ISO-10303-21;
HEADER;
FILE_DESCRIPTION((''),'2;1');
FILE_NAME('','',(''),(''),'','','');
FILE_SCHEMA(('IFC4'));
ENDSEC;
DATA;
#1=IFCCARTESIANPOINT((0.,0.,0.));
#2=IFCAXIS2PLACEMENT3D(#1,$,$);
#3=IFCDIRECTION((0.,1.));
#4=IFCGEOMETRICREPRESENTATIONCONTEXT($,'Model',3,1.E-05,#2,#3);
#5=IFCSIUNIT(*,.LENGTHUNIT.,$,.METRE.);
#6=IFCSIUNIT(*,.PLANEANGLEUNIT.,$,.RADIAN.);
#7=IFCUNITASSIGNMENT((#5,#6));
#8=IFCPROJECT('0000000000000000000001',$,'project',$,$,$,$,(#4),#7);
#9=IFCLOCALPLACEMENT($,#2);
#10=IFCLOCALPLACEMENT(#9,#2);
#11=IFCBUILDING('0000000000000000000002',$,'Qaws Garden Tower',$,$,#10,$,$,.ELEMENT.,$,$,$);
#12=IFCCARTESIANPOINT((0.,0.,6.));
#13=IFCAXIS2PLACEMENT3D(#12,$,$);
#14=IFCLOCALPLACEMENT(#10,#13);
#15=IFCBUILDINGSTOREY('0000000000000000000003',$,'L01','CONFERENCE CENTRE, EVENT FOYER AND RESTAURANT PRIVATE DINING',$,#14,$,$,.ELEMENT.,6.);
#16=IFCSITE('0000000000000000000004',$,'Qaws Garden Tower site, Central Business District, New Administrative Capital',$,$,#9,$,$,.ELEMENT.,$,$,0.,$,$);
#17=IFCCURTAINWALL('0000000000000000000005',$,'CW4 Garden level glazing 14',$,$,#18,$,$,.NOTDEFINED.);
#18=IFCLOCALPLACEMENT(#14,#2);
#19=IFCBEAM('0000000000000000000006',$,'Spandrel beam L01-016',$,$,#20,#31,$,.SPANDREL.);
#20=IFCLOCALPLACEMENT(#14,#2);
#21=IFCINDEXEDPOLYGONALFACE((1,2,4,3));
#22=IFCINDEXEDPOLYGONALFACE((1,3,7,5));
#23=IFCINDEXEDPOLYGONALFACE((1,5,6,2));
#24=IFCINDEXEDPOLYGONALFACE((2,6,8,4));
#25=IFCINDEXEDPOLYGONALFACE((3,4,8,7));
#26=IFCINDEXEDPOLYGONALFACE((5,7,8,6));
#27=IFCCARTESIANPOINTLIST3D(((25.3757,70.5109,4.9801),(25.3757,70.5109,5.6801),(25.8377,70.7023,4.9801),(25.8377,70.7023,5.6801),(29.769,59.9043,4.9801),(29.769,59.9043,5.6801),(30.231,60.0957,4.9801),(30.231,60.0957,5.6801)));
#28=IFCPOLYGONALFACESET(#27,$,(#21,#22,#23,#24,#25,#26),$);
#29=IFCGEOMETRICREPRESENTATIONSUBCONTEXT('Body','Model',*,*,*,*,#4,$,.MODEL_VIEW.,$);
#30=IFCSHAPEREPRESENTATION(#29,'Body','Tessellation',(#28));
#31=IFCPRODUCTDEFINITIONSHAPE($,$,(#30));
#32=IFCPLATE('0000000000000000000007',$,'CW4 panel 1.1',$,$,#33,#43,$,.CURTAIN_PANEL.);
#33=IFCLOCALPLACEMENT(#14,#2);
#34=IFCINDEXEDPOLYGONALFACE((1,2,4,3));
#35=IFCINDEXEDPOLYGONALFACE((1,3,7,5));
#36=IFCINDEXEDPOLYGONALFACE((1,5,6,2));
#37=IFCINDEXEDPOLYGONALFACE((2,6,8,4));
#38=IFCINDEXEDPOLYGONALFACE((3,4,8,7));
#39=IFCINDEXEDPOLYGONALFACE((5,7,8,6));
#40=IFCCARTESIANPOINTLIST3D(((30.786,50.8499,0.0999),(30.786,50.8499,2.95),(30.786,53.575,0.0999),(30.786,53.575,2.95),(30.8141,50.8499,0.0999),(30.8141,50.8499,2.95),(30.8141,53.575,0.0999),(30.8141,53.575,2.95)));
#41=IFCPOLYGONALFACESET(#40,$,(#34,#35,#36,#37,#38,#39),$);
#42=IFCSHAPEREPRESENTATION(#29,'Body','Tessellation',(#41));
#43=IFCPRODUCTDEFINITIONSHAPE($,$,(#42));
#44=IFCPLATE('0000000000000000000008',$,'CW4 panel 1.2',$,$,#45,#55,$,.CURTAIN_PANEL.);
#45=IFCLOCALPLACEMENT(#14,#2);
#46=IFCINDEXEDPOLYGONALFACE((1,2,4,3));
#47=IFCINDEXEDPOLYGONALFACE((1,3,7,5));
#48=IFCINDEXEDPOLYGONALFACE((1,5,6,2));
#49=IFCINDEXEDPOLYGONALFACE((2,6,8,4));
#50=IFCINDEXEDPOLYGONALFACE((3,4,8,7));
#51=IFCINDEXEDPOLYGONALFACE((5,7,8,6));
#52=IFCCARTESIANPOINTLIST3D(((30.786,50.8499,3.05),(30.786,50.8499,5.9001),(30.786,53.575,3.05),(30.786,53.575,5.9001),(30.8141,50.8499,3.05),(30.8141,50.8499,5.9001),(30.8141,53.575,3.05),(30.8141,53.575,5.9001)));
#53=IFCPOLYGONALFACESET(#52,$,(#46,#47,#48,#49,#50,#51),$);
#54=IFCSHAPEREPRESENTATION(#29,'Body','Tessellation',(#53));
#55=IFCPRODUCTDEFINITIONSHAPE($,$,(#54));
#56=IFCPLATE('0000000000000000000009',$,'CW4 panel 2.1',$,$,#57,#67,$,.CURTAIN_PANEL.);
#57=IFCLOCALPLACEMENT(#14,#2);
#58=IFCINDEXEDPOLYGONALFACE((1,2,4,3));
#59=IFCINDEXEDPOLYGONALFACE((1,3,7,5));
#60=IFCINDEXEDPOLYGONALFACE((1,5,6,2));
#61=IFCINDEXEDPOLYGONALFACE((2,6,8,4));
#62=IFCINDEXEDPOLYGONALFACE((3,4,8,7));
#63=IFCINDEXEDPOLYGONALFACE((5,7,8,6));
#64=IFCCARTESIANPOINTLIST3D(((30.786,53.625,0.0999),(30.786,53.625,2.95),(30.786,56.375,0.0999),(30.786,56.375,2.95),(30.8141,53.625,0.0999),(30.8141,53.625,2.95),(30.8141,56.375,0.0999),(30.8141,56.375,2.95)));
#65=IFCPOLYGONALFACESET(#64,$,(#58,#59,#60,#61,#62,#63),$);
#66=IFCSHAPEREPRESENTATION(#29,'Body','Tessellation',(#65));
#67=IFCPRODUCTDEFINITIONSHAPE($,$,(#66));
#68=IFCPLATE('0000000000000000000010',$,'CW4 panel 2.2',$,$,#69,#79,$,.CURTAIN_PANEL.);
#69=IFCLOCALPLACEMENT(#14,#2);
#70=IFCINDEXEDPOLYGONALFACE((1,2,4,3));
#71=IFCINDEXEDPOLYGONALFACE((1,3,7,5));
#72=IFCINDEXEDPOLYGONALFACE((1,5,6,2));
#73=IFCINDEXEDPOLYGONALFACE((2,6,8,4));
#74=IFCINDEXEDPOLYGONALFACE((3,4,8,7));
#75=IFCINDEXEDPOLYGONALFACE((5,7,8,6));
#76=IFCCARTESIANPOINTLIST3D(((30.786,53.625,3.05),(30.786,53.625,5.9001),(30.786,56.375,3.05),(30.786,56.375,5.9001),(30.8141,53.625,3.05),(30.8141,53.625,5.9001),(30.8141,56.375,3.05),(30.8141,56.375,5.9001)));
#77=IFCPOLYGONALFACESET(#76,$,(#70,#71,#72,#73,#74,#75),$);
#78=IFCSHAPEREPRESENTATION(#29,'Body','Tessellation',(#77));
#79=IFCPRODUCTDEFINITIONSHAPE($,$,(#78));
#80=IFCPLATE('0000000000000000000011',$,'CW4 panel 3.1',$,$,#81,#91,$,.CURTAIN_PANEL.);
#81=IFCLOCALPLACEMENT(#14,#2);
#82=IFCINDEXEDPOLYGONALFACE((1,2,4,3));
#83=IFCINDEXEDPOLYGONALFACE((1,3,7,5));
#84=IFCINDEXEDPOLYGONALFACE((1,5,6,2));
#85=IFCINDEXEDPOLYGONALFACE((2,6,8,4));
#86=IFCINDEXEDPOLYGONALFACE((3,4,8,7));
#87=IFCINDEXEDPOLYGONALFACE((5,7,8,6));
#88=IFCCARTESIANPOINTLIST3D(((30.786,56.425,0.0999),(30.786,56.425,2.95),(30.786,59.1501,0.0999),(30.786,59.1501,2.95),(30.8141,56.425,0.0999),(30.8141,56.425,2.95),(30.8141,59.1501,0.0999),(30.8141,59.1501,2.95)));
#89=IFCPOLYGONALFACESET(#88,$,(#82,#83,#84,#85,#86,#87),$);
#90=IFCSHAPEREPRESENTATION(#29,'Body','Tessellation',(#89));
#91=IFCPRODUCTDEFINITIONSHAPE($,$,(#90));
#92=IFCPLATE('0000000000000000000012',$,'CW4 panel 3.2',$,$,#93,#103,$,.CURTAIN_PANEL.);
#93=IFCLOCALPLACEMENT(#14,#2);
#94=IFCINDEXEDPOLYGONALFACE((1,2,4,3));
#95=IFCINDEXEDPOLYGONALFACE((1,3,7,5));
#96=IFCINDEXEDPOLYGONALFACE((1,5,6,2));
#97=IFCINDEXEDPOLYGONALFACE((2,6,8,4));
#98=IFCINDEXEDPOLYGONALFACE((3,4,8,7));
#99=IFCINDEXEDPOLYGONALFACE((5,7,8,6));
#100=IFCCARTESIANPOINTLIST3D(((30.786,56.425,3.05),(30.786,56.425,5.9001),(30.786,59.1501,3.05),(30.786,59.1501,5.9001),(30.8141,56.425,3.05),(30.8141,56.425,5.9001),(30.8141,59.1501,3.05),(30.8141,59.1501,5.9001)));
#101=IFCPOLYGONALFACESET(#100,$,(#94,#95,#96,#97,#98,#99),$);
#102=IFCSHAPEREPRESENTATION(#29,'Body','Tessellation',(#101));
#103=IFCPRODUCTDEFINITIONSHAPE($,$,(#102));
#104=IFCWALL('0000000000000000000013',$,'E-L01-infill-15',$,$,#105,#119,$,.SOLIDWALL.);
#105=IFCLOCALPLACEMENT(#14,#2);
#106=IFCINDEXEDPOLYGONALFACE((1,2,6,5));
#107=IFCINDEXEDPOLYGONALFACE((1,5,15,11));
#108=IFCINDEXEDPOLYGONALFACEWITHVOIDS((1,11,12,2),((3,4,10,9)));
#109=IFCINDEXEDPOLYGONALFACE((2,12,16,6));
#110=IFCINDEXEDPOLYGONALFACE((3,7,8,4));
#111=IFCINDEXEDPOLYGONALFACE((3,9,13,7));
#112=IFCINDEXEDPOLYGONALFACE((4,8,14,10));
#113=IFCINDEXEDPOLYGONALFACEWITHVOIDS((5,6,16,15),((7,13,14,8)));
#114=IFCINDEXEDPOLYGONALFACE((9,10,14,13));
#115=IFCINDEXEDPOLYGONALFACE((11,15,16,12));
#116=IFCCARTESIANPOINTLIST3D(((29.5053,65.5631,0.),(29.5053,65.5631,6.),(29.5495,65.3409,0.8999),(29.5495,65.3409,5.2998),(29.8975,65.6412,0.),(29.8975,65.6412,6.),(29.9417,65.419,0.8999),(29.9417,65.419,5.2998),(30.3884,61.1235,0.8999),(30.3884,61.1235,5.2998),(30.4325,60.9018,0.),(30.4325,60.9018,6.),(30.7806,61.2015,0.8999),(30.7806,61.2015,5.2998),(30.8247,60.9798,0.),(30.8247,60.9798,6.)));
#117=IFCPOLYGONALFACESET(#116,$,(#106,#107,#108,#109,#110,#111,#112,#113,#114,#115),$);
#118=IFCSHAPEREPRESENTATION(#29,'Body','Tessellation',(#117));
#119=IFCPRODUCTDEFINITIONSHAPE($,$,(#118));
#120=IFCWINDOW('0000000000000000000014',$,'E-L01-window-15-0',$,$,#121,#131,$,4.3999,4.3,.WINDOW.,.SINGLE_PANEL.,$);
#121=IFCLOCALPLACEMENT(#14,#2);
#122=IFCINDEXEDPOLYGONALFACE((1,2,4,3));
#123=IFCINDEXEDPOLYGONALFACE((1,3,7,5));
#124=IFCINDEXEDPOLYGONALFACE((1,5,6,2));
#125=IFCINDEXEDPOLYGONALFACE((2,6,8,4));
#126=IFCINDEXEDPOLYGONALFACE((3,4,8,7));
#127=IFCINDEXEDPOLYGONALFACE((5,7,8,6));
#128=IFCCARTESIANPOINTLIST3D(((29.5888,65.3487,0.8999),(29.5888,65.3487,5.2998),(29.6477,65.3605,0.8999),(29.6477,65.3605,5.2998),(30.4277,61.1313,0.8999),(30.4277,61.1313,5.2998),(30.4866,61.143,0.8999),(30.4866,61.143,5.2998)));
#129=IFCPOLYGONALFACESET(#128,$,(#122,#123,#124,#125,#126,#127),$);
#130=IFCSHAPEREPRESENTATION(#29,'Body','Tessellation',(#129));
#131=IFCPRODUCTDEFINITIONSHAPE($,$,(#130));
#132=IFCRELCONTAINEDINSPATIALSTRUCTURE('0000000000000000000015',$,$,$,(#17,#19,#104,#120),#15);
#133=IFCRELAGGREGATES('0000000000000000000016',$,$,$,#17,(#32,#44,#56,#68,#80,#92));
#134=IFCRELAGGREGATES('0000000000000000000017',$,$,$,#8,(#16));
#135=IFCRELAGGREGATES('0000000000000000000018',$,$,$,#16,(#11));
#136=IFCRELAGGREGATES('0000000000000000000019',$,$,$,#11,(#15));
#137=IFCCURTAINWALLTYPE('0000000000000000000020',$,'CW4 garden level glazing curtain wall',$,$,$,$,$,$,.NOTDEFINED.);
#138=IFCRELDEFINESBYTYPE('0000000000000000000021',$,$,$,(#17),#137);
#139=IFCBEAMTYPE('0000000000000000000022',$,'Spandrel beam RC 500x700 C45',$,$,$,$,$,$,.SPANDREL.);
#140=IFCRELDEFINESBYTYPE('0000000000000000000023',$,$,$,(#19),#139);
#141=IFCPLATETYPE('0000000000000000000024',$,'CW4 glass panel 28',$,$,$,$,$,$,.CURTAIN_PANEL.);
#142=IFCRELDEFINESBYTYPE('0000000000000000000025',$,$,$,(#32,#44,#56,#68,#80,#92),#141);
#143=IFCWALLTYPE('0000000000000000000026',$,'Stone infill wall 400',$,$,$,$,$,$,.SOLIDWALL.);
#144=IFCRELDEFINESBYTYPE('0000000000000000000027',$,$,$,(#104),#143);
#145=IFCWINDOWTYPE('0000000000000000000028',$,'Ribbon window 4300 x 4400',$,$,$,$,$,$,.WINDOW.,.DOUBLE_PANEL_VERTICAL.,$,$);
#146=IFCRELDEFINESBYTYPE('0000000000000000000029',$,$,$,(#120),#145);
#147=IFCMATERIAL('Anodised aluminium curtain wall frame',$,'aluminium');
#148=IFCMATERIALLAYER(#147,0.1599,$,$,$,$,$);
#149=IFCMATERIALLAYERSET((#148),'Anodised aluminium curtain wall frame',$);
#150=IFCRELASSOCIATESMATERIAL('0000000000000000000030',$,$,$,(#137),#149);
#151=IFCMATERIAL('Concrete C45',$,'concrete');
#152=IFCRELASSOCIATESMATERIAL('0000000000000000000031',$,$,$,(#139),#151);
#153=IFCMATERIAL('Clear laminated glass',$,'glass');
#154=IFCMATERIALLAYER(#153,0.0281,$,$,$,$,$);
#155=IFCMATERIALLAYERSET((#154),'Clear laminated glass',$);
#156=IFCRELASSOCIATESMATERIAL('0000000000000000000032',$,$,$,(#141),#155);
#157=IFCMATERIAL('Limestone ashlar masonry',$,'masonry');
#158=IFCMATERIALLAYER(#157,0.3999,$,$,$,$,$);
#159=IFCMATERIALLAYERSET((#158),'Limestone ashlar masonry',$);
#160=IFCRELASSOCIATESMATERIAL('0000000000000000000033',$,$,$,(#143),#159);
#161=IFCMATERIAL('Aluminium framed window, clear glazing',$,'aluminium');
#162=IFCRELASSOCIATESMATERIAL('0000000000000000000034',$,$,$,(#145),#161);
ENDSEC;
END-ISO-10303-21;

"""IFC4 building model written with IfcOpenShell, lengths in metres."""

from ifc_helpers import new_model, si_unit, direction, frame, frame_2d, origin, origin_2d, place, context, subcontext, project, spatial, rectangle, extrude, material, layer, layer_set, material_profile, profile_set, type_object, element, fill, aggregate, save


model = new_model("IFC4")

# Units and contexts
model_context = context("Model", 3, precision=1e-05, world=origin(), true_north=direction((0.0, 1.0)))
body_context = subcontext(model_context, "Body", "Model", "MODEL_VIEW")
ifc_project = project(units=[si_unit("LENGTHUNIT", "METRE"), si_unit("PLANEANGLEUNIT", "RADIAN")], contexts=[model_context])

# Site, building, storey
site_placement = place(None, origin())
site = spatial("IfcSite", under=ifc_project, at=site_placement, Name="Qaws Garden Tower site, Central Business District, New Administrative Capital", CompositionType="ELEMENT", RefElevation=0.0)
building_placement = place(site_placement, origin())
building = spatial("IfcBuilding", under=site, at=building_placement, Name="Qaws Garden Tower", CompositionType="ELEMENT")
storey_placement = place(building_placement, frame((0.0, 0.0, 6.0)))
storey = spatial("IfcBuildingStorey", under=building, at=storey_placement, Name="L01", Description="CONFERENCE CENTRE, EVENT FOYER AND RESTAURANT PRIVATE DINING", CompositionType="ELEMENT", Elevation=6.0)

# Curtain wall
ifc_material_1 = material(Name="Anodised aluminium curtain wall frame", Category="aluminium")
ifc_layer_1 = layer(ifc_material_1, 0.1599)
ifc_layer_set_1 = layer_set([ifc_layer_1], Name="Anodised aluminium curtain wall frame")
curtain_wall_type = type_object("IfcCurtainWallType", Name="CW4 garden level glazing curtain wall", PredefinedType="NOTDEFINED", material=ifc_layer_set_1)
curtain_wall_placement = place(storey_placement, origin())
curtain_wall = element("IfcCurtainWall", 1, at=curtain_wall_placement, inside=storey, type_object=curtain_wall_type, Name="CW4 Garden level glazing 14", PredefinedType="NOTDEFINED")

# Beam
ifc_material_2 = material(Name="Concrete C45", Category="concrete")
ifc_material_profile_1 = material_profile(ifc_material_2, rectangle(XDim=0.5, YDim=0.7, at=origin_2d()), Name="RC 500x700")
ifc_profile_set_1 = profile_set([ifc_material_profile_1], Name="Concrete C45")
beam_type = type_object("IfcBeamType", Name="Spandrel beam RC 500x700 C45", PredefinedType="SPANDREL", material=ifc_profile_set_1)
beam_placement = place(storey_placement, frame((30.0, 60.0, 5.3301), z_axis=(-0.382674, 0.923883, 0.0), x_axis=(-0.923883, -0.382674, 0.0)))
element("IfcBeam", 2, at=beam_placement, inside=storey, type_object=beam_type, Name="Spandrel beam L01-016", PredefinedType="SPANDREL", context=body_context, shape_type="SweptSolid", body=[
    extrude(rectangle(XDim=0.5, YDim=0.7, at=origin_2d()), origin(), (0.0, 0.0, 1.0), 11.4805),
])

# Plates
ifc_material_3 = material(Name="Clear laminated glass", Category="glass")
ifc_layer_2 = layer(ifc_material_3, 0.0281)
ifc_layer_set_2 = layer_set([ifc_layer_2], Name="Clear laminated glass")
plate_type = type_object("IfcPlateType", Name="CW4 glass panel 28", PredefinedType="CURTAIN_PANEL", material=ifc_layer_set_2)
plate_1_placement = place(storey_placement, frame((30.8, 52.2124, 0.0999), z_axis=(0.0, 0.0, 1.0), x_axis=(0.0, 1.0, 0.0)))
plate_1 = element("IfcPlate", 3, at=plate_1_placement, type_object=plate_type, Name="CW4 panel 1.1", PredefinedType="CURTAIN_PANEL", context=body_context, shape_type="SweptSolid", body=[
    extrude(rectangle(XDim=2.7251, YDim=0.0281, at=origin_2d()), origin(), (0.0, 0.0, 1.0), 2.8501),
])
plate_2_placement = place(storey_placement, frame((30.8, 52.2124, 3.05), z_axis=(0.0, 0.0, 1.0), x_axis=(0.0, 1.0, 0.0)))
plate_2 = element("IfcPlate", 4, at=plate_2_placement, type_object=plate_type, Name="CW4 panel 1.2", PredefinedType="CURTAIN_PANEL", context=body_context, shape_type="SweptSolid", body=[
    extrude(rectangle(XDim=2.7251, YDim=0.0281, at=origin_2d()), origin(), (0.0, 0.0, 1.0), 2.8501),
])
plate_3_placement = place(storey_placement, frame((30.8, 55.0, 0.0999), z_axis=(0.0, 0.0, 1.0), x_axis=(0.0, 1.0, 0.0)))
plate_3 = element("IfcPlate", 5, at=plate_3_placement, type_object=plate_type, Name="CW4 panel 2.1", PredefinedType="CURTAIN_PANEL", context=body_context, shape_type="SweptSolid", body=[
    extrude(rectangle(XDim=2.75, YDim=0.0281, at=origin_2d()), origin(), (0.0, 0.0, 1.0), 2.8501),
])
plate_4_placement = place(storey_placement, frame((30.8, 55.0, 3.05), z_axis=(0.0, 0.0, 1.0), x_axis=(0.0, 1.0, 0.0)))
plate_4 = element("IfcPlate", 6, at=plate_4_placement, type_object=plate_type, Name="CW4 panel 2.2", PredefinedType="CURTAIN_PANEL", context=body_context, shape_type="SweptSolid", body=[
    extrude(rectangle(XDim=2.75, YDim=0.0281, at=origin_2d()), origin(), (0.0, 0.0, 1.0), 2.8501),
])
plate_5_placement = place(storey_placement, frame((30.8, 57.7876, 0.0999), z_axis=(0.0, 0.0, 1.0), x_axis=(0.0, 1.0, 0.0)))
plate_5 = element("IfcPlate", 7, at=plate_5_placement, type_object=plate_type, Name="CW4 panel 3.1", PredefinedType="CURTAIN_PANEL", context=body_context, shape_type="SweptSolid", body=[
    extrude(rectangle(XDim=2.7251, YDim=0.0281, at=origin_2d()), origin(), (0.0, 0.0, 1.0), 2.8501),
])
plate_6_placement = place(storey_placement, frame((30.8, 57.7876, 3.05), z_axis=(0.0, 0.0, 1.0), x_axis=(0.0, 1.0, 0.0)))
plate_6 = element("IfcPlate", 8, at=plate_6_placement, type_object=plate_type, Name="CW4 panel 3.2", PredefinedType="CURTAIN_PANEL", context=body_context, shape_type="SweptSolid", body=[
    extrude(rectangle(XDim=2.7251, YDim=0.0281, at=origin_2d()), origin(), (0.0, 0.0, 1.0), 2.8501),
])
aggregate(curtain_wall, [plate_1, plate_2, plate_3, plate_4, plate_5, plate_6])

# Wall, opening, window
ifc_material_4 = material(Name="Limestone ashlar masonry", Category="masonry")
ifc_layer_3 = layer(ifc_material_4, 0.3999)
ifc_layer_set_3 = layer_set([ifc_layer_3], Name="Limestone ashlar masonry")
wall_type = type_object("IfcWallType", Name="Stone infill wall 400", PredefinedType="SOLIDWALL", material=ifc_layer_set_3)
wall_placement = place(storey_placement, frame((30.6287, 60.9407, 0.0), z_axis=(0.0, 0.0, 1.0), x_axis=(-0.195099, 0.980784, 0.0)))
wall = element("IfcWall", 9, at=wall_placement, inside=storey, type_object=wall_type, Name="E-L01-infill-15", PredefinedType="SOLIDWALL", context=body_context, shape_type="SweptSolid", body=[
    extrude(rectangle(XDim=4.7527, YDim=0.3999, at=frame_2d((2.3765, 0.0))), origin(), (0.0, 0.0, 1.0), 6.0),
])
opening_placement = place(wall_placement, frame((0.2263, 0.0, 0.8999)))
opening = element("IfcOpeningElement", 10, at=opening_placement, cuts=wall, PredefinedType="OPENING", context=body_context, shape_type="SweptSolid", body=[
    extrude(rectangle(XDim=4.3, YDim=4.3999, at=frame_2d((2.1499, 2.2))), frame((0.0, 0.21, 0.0), z_axis=(0.0, -1.0, 0.0), x_axis=(1.0, 0.0, 0.0)), (0.0, 0.0, 1.0), 0.4199),
])
ifc_material_5 = material(Name="Aluminium framed window, clear glazing", Category="aluminium")
window_type = type_object("IfcWindowType", Name="Ribbon window 4300 x 4400", PartitioningType="DOUBLE_PANEL_VERTICAL", PredefinedType="WINDOW", material=ifc_material_5)
window_placement = place(opening_placement, origin())
window = element("IfcWindow", 11, at=window_placement, inside=storey, type_object=window_type, Name="E-L01-window-15-0", OverallHeight=4.3999, OverallWidth=4.3, PartitioningType="SINGLE_PANEL", PredefinedType="WINDOW", context=body_context, shape_type="SweptSolid", body=[
    extrude(rectangle(XDim=4.3, YDim=4.3999, at=frame_2d((2.1499, 2.2))), frame((0.0, 0.1599, 0.0), z_axis=(0.0, -1.0, 0.0), x_axis=(1.0, 0.0, 0.0)), (0.0, 0.0, 1.0), 0.0601),
])
fill(opening, window)

save(model, "model.ifc")
